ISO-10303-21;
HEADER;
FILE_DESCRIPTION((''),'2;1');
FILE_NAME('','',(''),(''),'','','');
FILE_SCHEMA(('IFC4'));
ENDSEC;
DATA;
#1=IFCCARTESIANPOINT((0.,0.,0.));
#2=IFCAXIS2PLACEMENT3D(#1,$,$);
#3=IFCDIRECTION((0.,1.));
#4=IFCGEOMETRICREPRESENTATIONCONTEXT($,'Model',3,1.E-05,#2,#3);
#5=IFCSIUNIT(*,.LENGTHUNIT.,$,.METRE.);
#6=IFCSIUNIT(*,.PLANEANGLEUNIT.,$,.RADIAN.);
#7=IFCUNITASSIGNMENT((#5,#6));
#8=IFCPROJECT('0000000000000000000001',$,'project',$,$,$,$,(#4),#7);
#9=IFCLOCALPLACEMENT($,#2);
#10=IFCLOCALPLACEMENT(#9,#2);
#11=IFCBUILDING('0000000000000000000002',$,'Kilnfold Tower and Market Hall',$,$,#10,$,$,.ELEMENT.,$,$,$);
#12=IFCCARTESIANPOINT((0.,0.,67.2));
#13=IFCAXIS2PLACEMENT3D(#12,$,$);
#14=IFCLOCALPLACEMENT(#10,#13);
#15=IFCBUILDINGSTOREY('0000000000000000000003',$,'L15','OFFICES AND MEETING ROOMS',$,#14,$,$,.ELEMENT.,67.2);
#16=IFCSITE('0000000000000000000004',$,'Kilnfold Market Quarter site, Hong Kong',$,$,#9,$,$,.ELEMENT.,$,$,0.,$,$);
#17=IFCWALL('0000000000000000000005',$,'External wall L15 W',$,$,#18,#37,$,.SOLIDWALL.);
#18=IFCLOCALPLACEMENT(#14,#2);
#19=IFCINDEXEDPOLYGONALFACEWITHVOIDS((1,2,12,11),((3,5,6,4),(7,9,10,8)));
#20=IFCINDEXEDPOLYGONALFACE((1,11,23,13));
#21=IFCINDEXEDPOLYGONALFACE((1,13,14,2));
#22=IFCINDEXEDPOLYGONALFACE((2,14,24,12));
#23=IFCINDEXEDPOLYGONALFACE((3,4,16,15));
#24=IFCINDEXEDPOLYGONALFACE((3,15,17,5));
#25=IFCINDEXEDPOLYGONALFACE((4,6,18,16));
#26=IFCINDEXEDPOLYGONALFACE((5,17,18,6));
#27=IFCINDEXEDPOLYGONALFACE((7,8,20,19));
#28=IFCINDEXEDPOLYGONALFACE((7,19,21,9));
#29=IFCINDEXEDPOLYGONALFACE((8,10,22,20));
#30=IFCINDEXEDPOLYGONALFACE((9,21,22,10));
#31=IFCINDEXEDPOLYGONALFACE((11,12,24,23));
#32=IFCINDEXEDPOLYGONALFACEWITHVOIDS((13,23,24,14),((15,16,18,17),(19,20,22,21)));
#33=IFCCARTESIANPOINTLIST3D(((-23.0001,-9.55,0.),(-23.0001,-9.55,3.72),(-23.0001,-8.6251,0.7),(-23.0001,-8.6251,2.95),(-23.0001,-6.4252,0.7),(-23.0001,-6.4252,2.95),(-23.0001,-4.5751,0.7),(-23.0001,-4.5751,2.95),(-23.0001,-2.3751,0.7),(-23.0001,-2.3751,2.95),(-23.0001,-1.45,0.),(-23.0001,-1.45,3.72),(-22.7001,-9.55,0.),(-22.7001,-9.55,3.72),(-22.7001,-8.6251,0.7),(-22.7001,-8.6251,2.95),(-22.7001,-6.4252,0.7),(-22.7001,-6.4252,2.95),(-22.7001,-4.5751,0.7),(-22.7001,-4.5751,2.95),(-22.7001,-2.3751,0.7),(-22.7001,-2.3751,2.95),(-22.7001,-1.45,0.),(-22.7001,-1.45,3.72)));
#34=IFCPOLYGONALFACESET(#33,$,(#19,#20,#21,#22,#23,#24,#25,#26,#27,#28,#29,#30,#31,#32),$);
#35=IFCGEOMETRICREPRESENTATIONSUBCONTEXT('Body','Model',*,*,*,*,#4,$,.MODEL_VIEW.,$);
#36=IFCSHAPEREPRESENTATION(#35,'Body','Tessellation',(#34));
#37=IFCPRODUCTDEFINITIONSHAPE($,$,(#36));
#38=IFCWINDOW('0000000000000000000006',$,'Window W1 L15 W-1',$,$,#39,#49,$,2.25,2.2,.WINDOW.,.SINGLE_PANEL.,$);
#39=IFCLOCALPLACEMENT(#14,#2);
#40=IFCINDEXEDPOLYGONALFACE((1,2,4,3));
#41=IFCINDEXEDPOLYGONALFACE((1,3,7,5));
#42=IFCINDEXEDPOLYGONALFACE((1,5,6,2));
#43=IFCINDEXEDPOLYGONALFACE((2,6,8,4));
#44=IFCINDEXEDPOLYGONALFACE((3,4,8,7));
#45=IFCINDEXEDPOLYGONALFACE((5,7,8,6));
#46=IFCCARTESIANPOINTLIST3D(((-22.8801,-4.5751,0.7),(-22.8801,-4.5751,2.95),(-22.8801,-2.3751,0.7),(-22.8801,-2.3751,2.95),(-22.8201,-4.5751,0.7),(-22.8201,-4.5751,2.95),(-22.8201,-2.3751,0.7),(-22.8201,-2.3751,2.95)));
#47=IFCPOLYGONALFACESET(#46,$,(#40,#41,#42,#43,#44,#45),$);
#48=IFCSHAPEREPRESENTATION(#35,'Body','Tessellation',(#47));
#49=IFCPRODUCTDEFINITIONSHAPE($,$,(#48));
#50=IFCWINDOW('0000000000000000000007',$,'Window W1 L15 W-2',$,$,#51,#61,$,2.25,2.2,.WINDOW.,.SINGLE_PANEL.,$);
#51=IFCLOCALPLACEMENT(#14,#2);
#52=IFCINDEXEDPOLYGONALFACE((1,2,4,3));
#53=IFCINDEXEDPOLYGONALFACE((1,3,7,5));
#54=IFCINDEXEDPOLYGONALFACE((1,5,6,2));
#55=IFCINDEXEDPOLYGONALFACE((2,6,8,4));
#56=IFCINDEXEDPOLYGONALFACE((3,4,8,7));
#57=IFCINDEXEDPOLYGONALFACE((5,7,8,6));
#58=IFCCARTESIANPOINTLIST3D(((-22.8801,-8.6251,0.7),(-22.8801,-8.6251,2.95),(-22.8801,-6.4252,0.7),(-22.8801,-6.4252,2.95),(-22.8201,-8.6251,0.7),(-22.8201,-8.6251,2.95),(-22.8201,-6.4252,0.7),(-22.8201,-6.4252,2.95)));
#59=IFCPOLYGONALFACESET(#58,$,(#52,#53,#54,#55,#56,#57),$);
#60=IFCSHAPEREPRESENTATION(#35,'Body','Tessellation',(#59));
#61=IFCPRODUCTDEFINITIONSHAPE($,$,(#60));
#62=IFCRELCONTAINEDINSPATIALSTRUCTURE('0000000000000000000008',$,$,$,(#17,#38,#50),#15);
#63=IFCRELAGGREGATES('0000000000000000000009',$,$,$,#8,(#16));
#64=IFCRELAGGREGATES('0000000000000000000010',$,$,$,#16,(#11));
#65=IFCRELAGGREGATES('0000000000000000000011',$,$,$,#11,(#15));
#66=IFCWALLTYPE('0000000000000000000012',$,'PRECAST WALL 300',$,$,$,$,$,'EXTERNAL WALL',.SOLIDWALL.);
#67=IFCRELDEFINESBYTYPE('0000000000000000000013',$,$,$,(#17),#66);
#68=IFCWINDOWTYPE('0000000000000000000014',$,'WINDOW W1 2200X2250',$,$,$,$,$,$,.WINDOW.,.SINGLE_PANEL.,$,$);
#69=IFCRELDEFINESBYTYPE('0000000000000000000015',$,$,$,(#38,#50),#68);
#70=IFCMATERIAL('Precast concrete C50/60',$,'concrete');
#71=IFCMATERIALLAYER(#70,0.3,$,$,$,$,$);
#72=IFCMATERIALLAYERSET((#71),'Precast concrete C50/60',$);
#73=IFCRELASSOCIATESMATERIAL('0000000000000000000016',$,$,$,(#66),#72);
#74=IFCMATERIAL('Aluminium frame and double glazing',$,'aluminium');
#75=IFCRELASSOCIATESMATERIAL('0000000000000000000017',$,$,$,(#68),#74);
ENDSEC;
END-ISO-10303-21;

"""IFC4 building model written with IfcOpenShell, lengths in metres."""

from ifc_helpers import new_model, si_unit, direction, frame, frame_2d, origin, place, context, subcontext, project, spatial, rectangle, extrude, source, transform, mapped, material, layer, layer_set, type_object, element, fill, save


model = new_model("IFC4")

# Units and contexts
model_context = context("Model", 3, precision=1e-05, world=origin(), true_north=direction((0.0, 1.0)))
body_context = subcontext(model_context, "Body", "Model", "MODEL_VIEW")
ifc_project = project(units=[si_unit("LENGTHUNIT", "METRE"), si_unit("PLANEANGLEUNIT", "RADIAN")], contexts=[model_context])

# Site, building, storey
site_placement = place(None, origin())
site = spatial("IfcSite", under=ifc_project, at=site_placement, Name="Kilnfold Market Quarter site, Hong Kong", CompositionType="ELEMENT", RefElevation=0.0)
building_placement = place(site_placement, origin())
building = spatial("IfcBuilding", under=site, at=building_placement, Name="Kilnfold Tower and Market Hall", CompositionType="ELEMENT")
storey_placement = place(building_placement, frame((0.0, 0.0, 67.2)))
storey = spatial("IfcBuildingStorey", under=building, at=storey_placement, Name="L15", Description="OFFICES AND MEETING ROOMS", CompositionType="ELEMENT", Elevation=67.2)

# Wall, openings, windows
ifc_material_1 = material(Name="Precast concrete C50/60", Category="concrete")
ifc_layer_1 = layer(ifc_material_1, 0.3)
ifc_layer_set_1 = layer_set([ifc_layer_1], Name="Precast concrete C50/60")
wall_type_1 = type_object("IfcWallType", Name="PRECAST WALL 300", ElementType="EXTERNAL WALL", PredefinedType="SOLIDWALL", material=ifc_layer_set_1)
shared_shape_1 = source(origin(), body_context, "Body", "SweptSolid", [
    extrude(rectangle(XDim=8.1001, YDim=0.3, at=frame_2d((4.05, 0.0))), origin(), (0.0, 0.0, 1.0), 3.72),
])
wall_1_placement = place(storey_placement, frame((-22.8501, -1.45, 0.0), z_axis=(0.0, 0.0, 1.0), x_axis=(0.0, -1.0, 0.0)))
wall_1 = element("IfcWall", 1, at=wall_1_placement, inside=storey, type_object=wall_type_1, Name="External wall L15 W", PredefinedType="SOLIDWALL", context=body_context, shape_type="MappedRepresentation", body=[
    mapped(shared_shape_1, transform((0.0, 0.0, 0.0))),
])
opening_1_placement = place(wall_1_placement, frame((0.925, 0.0, 0.7)))
opening_1 = element("IfcOpeningElement", 2, at=opening_1_placement, cuts=wall_1, PredefinedType="OPENING", context=body_context, shape_type="SweptSolid", body=[
    extrude(rectangle(XDim=2.2, YDim=2.25, at=frame_2d((1.1001, 1.125))), frame((0.0, 0.1602, 0.0), z_axis=(0.0, -1.0, 0.0), x_axis=(1.0, 0.0, 0.0)), (0.0, 0.0, 1.0), 0.3201),
])
opening_2_placement = place(wall_1_placement, frame((4.9751, 0.0, 0.7)))
opening_2 = element("IfcOpeningElement", 3, at=opening_2_placement, cuts=wall_1, PredefinedType="OPENING", context=body_context, shape_type="SweptSolid", body=[
    extrude(rectangle(XDim=2.2, YDim=2.25, at=frame_2d((1.1001, 1.125))), frame((0.0, 0.1602, 0.0), z_axis=(0.0, -1.0, 0.0), x_axis=(1.0, 0.0, 0.0)), (0.0, 0.0, 1.0), 0.3201),
])
ifc_material_2 = material(Name="Aluminium frame and double glazing", Category="aluminium")
window_type = type_object("IfcWindowType", Name="WINDOW W1 2200X2250", PartitioningType="SINGLE_PANEL", PredefinedType="WINDOW", material=ifc_material_2)
window_1_placement = place(opening_1_placement, origin())
window_1 = element("IfcWindow", 4, at=window_1_placement, inside=storey, type_object=window_type, Name="Window W1 L15 W-1", OverallHeight=2.25, OverallWidth=2.2, PartitioningType="SINGLE_PANEL", PredefinedType="WINDOW", context=body_context, shape_type="SweptSolid", body=[
    extrude(rectangle(XDim=2.2, YDim=2.25, at=frame_2d((1.1001, 1.125))), frame((0.0, 0.03, 0.0), z_axis=(0.0, -1.0, 0.0), x_axis=(1.0, 0.0, 0.0)), (0.0, 0.0, 1.0), 0.0601),
])
fill(opening_1, window_1)
window_2_placement = place(opening_2_placement, origin())
window_2 = element("IfcWindow", 5, at=window_2_placement, inside=storey, type_object=window_type, Name="Window W1 L15 W-2", OverallHeight=2.25, OverallWidth=2.2, PartitioningType="SINGLE_PANEL", PredefinedType="WINDOW", context=body_context, shape_type="SweptSolid", body=[
    extrude(rectangle(XDim=2.2, YDim=2.25, at=frame_2d((1.1001, 1.125))), frame((0.0, 0.03, 0.0), z_axis=(0.0, -1.0, 0.0), x_axis=(1.0, 0.0, 0.0)), (0.0, 0.0, 1.0), 0.0601),
])
fill(opening_2, window_2)

save(model, "model.ifc")
